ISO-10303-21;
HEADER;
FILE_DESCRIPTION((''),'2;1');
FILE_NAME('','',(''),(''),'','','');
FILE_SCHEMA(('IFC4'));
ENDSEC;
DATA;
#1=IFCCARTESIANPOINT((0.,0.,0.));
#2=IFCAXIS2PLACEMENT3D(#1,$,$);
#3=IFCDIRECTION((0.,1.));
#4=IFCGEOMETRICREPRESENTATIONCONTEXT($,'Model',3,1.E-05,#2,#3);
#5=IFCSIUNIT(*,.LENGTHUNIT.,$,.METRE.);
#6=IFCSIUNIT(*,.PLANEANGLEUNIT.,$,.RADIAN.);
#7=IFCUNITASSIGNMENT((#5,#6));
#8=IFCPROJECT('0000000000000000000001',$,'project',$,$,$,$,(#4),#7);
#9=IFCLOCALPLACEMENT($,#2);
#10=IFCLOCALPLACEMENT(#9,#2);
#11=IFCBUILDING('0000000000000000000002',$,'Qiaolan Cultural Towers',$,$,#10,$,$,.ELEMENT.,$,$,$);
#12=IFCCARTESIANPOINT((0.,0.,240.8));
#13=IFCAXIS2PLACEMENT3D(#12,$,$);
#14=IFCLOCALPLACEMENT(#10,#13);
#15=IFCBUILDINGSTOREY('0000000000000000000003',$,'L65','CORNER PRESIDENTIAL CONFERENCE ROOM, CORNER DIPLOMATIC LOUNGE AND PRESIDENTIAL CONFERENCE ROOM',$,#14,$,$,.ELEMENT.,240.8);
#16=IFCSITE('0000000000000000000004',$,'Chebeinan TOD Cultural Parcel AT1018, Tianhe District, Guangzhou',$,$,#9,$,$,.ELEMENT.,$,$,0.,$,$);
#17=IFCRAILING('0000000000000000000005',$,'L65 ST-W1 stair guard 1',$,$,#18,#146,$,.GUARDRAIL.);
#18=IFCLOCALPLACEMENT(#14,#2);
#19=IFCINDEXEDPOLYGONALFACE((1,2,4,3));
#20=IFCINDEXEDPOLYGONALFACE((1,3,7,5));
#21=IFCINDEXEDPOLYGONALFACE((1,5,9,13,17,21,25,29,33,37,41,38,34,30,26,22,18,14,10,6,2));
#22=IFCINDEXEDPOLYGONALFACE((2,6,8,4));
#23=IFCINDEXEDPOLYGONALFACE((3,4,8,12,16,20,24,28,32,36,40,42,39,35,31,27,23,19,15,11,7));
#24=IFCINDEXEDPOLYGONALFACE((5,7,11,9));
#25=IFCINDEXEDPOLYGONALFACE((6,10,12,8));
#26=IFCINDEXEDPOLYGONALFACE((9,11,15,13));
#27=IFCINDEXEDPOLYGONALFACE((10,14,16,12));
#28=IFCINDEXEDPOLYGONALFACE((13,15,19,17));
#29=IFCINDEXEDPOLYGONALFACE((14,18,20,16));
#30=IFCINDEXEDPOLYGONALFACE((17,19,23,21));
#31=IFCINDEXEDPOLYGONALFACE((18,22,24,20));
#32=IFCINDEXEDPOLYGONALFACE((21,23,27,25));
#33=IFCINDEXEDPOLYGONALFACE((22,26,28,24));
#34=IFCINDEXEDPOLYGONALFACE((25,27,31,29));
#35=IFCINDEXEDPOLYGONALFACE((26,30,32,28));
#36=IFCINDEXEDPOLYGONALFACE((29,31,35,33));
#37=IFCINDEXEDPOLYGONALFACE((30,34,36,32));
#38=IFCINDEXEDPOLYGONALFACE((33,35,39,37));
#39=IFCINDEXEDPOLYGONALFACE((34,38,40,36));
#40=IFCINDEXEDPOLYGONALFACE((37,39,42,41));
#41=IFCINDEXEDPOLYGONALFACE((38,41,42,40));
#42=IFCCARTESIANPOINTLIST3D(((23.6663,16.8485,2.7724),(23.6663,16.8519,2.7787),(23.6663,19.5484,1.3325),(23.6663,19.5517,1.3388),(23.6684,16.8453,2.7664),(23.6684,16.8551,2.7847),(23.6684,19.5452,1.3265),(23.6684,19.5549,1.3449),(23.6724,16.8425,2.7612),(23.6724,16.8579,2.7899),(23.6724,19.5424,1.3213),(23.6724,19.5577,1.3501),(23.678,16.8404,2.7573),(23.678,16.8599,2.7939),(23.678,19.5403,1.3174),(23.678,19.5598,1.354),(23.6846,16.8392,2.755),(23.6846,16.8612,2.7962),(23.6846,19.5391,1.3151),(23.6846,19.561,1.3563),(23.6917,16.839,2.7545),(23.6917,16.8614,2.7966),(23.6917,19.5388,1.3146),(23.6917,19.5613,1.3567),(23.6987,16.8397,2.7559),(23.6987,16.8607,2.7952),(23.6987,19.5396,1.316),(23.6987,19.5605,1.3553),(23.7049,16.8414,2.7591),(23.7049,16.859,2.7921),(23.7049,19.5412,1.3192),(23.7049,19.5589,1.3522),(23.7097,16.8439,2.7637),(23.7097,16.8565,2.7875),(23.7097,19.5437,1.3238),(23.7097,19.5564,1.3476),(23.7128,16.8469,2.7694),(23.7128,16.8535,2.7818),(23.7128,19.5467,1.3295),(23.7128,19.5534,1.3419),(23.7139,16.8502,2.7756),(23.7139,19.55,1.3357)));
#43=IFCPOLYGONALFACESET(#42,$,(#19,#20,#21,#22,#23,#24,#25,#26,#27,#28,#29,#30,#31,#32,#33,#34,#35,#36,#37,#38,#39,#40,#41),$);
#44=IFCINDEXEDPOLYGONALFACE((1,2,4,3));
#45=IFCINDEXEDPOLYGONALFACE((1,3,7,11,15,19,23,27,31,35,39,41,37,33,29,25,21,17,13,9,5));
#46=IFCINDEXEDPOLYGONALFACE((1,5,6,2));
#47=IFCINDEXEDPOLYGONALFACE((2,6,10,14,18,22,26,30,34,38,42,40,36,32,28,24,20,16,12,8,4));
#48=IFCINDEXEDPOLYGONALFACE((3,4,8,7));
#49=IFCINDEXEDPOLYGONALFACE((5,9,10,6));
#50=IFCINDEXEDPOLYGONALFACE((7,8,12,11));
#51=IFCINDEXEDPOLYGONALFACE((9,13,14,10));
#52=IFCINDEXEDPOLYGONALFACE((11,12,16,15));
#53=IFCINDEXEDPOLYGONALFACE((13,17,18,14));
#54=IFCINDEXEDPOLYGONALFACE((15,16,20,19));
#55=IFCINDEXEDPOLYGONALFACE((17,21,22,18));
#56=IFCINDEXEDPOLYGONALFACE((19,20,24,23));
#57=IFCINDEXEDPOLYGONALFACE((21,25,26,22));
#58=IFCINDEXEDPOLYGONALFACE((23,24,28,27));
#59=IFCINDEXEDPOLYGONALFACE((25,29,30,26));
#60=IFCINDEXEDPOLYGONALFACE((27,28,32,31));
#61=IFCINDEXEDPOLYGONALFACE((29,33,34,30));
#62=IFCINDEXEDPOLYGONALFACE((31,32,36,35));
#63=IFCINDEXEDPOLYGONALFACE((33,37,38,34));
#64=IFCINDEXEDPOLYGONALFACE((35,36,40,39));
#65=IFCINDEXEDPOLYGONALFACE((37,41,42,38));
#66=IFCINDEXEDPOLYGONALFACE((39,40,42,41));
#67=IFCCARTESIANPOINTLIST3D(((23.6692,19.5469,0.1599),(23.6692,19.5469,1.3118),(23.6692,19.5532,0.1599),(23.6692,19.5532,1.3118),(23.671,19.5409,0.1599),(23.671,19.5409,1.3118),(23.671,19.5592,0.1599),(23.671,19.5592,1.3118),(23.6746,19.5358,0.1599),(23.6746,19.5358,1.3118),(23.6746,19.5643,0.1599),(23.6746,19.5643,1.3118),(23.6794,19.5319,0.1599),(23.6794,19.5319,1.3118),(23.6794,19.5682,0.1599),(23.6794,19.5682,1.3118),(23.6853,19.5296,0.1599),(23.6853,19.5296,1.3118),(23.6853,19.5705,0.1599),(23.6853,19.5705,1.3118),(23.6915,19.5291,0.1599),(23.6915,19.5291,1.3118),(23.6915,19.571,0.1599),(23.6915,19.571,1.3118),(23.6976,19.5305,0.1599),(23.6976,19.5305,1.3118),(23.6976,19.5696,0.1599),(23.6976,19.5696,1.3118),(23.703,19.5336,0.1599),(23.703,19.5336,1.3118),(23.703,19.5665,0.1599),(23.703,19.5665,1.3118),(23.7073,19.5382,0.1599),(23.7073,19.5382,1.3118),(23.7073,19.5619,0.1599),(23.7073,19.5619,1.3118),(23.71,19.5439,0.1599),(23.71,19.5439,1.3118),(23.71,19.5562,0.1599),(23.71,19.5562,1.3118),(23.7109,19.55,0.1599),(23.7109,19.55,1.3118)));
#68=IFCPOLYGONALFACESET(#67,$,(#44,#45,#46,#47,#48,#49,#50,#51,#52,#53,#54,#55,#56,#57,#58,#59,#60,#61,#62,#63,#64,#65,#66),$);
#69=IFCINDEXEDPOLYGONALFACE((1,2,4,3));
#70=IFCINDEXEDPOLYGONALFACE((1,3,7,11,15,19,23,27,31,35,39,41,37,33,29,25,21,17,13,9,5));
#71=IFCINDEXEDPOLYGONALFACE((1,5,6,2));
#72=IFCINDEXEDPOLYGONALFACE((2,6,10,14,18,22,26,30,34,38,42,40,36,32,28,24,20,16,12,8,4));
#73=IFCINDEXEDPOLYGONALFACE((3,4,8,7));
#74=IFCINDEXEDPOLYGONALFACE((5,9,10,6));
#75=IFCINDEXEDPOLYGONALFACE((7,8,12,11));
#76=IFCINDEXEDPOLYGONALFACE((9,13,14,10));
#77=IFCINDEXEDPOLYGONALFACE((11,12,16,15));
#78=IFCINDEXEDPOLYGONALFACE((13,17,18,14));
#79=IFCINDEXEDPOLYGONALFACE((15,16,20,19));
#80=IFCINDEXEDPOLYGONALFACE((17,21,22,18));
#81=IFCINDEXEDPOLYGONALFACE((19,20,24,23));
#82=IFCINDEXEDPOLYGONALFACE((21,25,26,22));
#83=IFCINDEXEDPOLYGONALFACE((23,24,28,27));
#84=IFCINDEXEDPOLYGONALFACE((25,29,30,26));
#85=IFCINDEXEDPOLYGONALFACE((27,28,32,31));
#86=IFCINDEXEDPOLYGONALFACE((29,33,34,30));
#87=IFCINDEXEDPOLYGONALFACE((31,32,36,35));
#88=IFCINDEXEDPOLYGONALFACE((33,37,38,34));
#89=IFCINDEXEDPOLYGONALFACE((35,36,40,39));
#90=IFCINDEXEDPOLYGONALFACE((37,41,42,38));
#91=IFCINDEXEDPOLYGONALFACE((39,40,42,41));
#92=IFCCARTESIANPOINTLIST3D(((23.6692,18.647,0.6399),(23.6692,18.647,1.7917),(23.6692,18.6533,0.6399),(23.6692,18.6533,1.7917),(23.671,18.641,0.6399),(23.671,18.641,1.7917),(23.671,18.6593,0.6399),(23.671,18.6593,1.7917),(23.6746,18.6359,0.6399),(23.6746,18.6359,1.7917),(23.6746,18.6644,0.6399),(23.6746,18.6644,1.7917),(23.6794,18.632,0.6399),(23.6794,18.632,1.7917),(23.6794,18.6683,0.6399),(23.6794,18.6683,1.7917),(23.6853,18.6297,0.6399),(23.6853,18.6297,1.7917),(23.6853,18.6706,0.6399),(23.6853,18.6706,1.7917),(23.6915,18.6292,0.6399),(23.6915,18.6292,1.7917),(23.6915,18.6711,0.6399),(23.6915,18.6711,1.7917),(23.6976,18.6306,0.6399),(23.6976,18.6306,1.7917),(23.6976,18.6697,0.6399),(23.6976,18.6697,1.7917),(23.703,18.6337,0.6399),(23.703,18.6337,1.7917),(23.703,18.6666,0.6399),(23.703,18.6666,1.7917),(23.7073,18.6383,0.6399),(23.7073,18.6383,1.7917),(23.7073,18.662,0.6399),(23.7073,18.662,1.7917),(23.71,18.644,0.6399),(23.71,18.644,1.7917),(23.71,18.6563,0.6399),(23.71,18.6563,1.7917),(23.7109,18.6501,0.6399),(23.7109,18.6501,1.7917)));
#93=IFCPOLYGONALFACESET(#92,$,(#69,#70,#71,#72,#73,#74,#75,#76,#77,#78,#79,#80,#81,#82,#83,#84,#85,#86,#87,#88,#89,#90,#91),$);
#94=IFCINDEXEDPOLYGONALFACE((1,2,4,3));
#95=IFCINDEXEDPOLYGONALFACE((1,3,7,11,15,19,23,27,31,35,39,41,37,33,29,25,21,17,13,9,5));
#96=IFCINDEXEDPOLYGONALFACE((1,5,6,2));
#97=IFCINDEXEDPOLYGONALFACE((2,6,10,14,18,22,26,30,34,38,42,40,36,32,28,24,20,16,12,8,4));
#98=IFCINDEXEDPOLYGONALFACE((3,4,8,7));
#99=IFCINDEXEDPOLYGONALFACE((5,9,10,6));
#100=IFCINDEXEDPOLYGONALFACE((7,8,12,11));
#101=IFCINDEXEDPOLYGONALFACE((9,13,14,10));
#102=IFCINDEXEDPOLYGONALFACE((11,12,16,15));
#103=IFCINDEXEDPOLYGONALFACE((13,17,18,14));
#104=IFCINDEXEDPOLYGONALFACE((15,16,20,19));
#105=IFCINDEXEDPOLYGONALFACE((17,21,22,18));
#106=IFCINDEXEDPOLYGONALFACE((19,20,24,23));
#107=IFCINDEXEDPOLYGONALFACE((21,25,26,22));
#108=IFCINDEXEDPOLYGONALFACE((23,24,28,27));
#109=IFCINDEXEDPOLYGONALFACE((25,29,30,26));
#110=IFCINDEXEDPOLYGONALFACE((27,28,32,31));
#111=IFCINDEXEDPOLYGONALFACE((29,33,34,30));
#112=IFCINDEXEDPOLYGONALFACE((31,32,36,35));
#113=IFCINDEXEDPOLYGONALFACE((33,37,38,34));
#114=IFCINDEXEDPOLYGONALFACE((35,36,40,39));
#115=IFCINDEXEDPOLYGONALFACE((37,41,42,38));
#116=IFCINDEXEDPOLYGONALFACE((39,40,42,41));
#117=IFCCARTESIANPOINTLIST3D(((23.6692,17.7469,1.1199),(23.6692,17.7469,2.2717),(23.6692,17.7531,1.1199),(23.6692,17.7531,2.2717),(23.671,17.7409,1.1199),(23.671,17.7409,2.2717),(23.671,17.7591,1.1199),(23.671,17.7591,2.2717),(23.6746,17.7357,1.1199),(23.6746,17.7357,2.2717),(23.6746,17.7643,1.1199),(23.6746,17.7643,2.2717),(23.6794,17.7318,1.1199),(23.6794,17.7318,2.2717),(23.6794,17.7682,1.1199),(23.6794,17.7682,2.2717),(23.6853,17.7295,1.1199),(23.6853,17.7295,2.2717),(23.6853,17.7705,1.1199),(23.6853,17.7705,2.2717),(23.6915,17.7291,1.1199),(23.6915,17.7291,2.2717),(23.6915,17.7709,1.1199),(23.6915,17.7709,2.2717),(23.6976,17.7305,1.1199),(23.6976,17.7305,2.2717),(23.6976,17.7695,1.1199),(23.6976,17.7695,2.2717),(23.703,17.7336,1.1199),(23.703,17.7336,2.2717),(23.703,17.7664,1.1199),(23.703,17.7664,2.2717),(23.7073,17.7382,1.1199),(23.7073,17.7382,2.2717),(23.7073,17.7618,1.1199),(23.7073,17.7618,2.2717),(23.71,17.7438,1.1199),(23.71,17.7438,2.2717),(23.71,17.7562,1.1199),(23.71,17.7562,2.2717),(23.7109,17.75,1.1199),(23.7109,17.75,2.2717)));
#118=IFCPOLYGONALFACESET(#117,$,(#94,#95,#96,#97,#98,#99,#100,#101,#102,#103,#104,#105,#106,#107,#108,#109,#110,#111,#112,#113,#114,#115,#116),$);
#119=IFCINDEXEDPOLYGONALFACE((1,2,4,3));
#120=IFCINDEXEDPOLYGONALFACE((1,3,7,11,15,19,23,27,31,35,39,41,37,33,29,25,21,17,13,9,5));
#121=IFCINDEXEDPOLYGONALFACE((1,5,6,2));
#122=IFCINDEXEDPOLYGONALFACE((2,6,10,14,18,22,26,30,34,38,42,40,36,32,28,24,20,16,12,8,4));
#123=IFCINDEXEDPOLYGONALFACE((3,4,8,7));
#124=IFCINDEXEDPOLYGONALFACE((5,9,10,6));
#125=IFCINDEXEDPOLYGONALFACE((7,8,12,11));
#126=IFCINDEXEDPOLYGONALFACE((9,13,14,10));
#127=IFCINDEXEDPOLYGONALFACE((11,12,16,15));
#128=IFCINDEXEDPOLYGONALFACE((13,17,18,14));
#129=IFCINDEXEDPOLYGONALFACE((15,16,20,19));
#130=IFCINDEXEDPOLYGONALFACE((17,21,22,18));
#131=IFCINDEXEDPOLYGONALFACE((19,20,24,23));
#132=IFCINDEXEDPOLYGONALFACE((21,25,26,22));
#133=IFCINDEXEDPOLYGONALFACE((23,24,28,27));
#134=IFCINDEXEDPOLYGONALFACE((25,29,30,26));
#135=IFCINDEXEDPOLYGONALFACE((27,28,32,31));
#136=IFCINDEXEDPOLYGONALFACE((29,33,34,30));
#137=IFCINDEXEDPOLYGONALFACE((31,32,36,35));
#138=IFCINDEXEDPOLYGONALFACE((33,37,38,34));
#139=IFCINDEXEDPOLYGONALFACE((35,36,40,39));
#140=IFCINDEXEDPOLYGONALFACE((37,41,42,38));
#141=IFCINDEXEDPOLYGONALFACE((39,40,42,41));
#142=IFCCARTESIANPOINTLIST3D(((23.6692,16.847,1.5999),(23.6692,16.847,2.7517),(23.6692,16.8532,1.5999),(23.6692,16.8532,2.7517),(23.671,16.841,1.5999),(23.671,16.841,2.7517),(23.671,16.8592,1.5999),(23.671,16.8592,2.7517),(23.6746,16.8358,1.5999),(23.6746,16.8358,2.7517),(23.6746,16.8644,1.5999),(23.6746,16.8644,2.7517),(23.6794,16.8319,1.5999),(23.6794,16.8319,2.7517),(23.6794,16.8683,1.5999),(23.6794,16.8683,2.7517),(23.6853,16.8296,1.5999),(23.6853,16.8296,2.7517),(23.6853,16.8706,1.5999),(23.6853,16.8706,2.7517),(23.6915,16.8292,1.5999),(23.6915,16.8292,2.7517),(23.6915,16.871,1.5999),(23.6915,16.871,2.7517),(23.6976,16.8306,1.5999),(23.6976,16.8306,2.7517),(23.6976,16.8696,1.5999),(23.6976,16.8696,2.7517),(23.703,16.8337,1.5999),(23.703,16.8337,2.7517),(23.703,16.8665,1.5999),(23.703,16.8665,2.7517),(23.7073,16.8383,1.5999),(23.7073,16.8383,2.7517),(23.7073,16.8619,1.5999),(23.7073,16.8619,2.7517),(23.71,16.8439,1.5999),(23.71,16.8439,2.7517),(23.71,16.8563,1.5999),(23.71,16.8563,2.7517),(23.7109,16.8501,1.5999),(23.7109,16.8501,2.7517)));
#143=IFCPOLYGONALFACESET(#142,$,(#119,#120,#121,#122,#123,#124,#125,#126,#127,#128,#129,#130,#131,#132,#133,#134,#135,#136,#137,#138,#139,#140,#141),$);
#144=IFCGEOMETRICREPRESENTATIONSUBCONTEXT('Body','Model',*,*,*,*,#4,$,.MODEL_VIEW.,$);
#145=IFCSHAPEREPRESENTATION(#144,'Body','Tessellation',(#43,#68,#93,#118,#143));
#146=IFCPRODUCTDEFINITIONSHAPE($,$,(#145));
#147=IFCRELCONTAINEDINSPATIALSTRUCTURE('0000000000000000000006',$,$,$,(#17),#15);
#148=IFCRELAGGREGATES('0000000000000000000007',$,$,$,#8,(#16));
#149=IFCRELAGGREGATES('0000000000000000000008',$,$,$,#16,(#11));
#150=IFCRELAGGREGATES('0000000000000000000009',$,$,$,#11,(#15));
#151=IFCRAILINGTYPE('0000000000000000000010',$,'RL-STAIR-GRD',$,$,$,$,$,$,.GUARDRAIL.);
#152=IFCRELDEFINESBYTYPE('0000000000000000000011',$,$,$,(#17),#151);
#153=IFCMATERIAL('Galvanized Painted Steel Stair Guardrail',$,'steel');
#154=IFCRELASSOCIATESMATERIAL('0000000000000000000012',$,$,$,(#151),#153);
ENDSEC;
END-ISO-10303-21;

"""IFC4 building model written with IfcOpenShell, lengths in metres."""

from ifc_helpers import new_model, si_unit, direction, frame, origin, origin_2d, place, context, subcontext, project, spatial, circle, extrude, material, type_object, element, save


model = new_model("IFC4")

# Units and contexts
model_context = context("Model", 3, precision=1e-05, world=origin(), true_north=direction((0.0, 1.0)))
body_context = subcontext(model_context, "Body", "Model", "MODEL_VIEW")
ifc_project = project(units=[si_unit("LENGTHUNIT", "METRE"), si_unit("PLANEANGLEUNIT", "RADIAN")], contexts=[model_context])

# Site, building, storey
site_placement = place(None, origin())
site = spatial("IfcSite", under=ifc_project, at=site_placement, Name="Chebeinan TOD Cultural Parcel AT1018, Tianhe District, Guangzhou", CompositionType="ELEMENT", RefElevation=0.0)
building_placement = place(site_placement, origin())
building = spatial("IfcBuilding", under=site, at=building_placement, Name="Qiaolan Cultural Towers", CompositionType="ELEMENT")
storey_placement = place(building_placement, frame((0.0, 0.0, 240.8)))
storey = spatial("IfcBuildingStorey", under=building, at=storey_placement, Name="L65", Description="CORNER PRESIDENTIAL CONFERENCE ROOM, CORNER DIPLOMATIC LOUNGE AND PRESIDENTIAL CONFERENCE ROOM", CompositionType="ELEMENT", Elevation=240.8)

# Railing
ifc_material_1 = material(Name="Galvanized Painted Steel Stair Guardrail", Category="steel")
railing_type_1 = type_object("IfcRailingType", Name="RL-STAIR-GRD", PredefinedType="GUARDRAIL", material=ifc_material_1)
railing_1_placement = place(storey_placement, frame((23.6899, 19.55, 0.1599)))
element("IfcRailing", 1, at=railing_1_placement, inside=storey, type_object=railing_type_1, Name="L65 ST-W1 stair guard 1", PredefinedType="GUARDRAIL", context=body_context, shape_type="SweptSolid", body=[
    extrude(circle(Radius=0.0239, at=origin_2d()), frame((0.0, 0.0, 1.1758), z_axis=(0.0, -0.882357, 0.47058), x_axis=(1.0, 0.0, 0.0)), (0.0, 0.0, 1.0), 3.0598),
    extrude(circle(Radius=0.021, at=origin_2d()), origin(), (0.0, 0.0, 1.0), 1.1519),
    extrude(circle(Radius=0.021, at=origin_2d()), frame((0.0, -0.8999, 0.48)), (0.0, 0.0, 1.0), 1.1519),
    extrude(circle(Radius=0.021, at=origin_2d()), frame((0.0, -1.8, 0.96)), (0.0, 0.0, 1.0), 1.1519),
    extrude(circle(Radius=0.021, at=origin_2d()), frame((0.0, -2.7, 1.4399)), (0.0, 0.0, 1.0), 1.1519),
])

save(model, "model.ifc")
